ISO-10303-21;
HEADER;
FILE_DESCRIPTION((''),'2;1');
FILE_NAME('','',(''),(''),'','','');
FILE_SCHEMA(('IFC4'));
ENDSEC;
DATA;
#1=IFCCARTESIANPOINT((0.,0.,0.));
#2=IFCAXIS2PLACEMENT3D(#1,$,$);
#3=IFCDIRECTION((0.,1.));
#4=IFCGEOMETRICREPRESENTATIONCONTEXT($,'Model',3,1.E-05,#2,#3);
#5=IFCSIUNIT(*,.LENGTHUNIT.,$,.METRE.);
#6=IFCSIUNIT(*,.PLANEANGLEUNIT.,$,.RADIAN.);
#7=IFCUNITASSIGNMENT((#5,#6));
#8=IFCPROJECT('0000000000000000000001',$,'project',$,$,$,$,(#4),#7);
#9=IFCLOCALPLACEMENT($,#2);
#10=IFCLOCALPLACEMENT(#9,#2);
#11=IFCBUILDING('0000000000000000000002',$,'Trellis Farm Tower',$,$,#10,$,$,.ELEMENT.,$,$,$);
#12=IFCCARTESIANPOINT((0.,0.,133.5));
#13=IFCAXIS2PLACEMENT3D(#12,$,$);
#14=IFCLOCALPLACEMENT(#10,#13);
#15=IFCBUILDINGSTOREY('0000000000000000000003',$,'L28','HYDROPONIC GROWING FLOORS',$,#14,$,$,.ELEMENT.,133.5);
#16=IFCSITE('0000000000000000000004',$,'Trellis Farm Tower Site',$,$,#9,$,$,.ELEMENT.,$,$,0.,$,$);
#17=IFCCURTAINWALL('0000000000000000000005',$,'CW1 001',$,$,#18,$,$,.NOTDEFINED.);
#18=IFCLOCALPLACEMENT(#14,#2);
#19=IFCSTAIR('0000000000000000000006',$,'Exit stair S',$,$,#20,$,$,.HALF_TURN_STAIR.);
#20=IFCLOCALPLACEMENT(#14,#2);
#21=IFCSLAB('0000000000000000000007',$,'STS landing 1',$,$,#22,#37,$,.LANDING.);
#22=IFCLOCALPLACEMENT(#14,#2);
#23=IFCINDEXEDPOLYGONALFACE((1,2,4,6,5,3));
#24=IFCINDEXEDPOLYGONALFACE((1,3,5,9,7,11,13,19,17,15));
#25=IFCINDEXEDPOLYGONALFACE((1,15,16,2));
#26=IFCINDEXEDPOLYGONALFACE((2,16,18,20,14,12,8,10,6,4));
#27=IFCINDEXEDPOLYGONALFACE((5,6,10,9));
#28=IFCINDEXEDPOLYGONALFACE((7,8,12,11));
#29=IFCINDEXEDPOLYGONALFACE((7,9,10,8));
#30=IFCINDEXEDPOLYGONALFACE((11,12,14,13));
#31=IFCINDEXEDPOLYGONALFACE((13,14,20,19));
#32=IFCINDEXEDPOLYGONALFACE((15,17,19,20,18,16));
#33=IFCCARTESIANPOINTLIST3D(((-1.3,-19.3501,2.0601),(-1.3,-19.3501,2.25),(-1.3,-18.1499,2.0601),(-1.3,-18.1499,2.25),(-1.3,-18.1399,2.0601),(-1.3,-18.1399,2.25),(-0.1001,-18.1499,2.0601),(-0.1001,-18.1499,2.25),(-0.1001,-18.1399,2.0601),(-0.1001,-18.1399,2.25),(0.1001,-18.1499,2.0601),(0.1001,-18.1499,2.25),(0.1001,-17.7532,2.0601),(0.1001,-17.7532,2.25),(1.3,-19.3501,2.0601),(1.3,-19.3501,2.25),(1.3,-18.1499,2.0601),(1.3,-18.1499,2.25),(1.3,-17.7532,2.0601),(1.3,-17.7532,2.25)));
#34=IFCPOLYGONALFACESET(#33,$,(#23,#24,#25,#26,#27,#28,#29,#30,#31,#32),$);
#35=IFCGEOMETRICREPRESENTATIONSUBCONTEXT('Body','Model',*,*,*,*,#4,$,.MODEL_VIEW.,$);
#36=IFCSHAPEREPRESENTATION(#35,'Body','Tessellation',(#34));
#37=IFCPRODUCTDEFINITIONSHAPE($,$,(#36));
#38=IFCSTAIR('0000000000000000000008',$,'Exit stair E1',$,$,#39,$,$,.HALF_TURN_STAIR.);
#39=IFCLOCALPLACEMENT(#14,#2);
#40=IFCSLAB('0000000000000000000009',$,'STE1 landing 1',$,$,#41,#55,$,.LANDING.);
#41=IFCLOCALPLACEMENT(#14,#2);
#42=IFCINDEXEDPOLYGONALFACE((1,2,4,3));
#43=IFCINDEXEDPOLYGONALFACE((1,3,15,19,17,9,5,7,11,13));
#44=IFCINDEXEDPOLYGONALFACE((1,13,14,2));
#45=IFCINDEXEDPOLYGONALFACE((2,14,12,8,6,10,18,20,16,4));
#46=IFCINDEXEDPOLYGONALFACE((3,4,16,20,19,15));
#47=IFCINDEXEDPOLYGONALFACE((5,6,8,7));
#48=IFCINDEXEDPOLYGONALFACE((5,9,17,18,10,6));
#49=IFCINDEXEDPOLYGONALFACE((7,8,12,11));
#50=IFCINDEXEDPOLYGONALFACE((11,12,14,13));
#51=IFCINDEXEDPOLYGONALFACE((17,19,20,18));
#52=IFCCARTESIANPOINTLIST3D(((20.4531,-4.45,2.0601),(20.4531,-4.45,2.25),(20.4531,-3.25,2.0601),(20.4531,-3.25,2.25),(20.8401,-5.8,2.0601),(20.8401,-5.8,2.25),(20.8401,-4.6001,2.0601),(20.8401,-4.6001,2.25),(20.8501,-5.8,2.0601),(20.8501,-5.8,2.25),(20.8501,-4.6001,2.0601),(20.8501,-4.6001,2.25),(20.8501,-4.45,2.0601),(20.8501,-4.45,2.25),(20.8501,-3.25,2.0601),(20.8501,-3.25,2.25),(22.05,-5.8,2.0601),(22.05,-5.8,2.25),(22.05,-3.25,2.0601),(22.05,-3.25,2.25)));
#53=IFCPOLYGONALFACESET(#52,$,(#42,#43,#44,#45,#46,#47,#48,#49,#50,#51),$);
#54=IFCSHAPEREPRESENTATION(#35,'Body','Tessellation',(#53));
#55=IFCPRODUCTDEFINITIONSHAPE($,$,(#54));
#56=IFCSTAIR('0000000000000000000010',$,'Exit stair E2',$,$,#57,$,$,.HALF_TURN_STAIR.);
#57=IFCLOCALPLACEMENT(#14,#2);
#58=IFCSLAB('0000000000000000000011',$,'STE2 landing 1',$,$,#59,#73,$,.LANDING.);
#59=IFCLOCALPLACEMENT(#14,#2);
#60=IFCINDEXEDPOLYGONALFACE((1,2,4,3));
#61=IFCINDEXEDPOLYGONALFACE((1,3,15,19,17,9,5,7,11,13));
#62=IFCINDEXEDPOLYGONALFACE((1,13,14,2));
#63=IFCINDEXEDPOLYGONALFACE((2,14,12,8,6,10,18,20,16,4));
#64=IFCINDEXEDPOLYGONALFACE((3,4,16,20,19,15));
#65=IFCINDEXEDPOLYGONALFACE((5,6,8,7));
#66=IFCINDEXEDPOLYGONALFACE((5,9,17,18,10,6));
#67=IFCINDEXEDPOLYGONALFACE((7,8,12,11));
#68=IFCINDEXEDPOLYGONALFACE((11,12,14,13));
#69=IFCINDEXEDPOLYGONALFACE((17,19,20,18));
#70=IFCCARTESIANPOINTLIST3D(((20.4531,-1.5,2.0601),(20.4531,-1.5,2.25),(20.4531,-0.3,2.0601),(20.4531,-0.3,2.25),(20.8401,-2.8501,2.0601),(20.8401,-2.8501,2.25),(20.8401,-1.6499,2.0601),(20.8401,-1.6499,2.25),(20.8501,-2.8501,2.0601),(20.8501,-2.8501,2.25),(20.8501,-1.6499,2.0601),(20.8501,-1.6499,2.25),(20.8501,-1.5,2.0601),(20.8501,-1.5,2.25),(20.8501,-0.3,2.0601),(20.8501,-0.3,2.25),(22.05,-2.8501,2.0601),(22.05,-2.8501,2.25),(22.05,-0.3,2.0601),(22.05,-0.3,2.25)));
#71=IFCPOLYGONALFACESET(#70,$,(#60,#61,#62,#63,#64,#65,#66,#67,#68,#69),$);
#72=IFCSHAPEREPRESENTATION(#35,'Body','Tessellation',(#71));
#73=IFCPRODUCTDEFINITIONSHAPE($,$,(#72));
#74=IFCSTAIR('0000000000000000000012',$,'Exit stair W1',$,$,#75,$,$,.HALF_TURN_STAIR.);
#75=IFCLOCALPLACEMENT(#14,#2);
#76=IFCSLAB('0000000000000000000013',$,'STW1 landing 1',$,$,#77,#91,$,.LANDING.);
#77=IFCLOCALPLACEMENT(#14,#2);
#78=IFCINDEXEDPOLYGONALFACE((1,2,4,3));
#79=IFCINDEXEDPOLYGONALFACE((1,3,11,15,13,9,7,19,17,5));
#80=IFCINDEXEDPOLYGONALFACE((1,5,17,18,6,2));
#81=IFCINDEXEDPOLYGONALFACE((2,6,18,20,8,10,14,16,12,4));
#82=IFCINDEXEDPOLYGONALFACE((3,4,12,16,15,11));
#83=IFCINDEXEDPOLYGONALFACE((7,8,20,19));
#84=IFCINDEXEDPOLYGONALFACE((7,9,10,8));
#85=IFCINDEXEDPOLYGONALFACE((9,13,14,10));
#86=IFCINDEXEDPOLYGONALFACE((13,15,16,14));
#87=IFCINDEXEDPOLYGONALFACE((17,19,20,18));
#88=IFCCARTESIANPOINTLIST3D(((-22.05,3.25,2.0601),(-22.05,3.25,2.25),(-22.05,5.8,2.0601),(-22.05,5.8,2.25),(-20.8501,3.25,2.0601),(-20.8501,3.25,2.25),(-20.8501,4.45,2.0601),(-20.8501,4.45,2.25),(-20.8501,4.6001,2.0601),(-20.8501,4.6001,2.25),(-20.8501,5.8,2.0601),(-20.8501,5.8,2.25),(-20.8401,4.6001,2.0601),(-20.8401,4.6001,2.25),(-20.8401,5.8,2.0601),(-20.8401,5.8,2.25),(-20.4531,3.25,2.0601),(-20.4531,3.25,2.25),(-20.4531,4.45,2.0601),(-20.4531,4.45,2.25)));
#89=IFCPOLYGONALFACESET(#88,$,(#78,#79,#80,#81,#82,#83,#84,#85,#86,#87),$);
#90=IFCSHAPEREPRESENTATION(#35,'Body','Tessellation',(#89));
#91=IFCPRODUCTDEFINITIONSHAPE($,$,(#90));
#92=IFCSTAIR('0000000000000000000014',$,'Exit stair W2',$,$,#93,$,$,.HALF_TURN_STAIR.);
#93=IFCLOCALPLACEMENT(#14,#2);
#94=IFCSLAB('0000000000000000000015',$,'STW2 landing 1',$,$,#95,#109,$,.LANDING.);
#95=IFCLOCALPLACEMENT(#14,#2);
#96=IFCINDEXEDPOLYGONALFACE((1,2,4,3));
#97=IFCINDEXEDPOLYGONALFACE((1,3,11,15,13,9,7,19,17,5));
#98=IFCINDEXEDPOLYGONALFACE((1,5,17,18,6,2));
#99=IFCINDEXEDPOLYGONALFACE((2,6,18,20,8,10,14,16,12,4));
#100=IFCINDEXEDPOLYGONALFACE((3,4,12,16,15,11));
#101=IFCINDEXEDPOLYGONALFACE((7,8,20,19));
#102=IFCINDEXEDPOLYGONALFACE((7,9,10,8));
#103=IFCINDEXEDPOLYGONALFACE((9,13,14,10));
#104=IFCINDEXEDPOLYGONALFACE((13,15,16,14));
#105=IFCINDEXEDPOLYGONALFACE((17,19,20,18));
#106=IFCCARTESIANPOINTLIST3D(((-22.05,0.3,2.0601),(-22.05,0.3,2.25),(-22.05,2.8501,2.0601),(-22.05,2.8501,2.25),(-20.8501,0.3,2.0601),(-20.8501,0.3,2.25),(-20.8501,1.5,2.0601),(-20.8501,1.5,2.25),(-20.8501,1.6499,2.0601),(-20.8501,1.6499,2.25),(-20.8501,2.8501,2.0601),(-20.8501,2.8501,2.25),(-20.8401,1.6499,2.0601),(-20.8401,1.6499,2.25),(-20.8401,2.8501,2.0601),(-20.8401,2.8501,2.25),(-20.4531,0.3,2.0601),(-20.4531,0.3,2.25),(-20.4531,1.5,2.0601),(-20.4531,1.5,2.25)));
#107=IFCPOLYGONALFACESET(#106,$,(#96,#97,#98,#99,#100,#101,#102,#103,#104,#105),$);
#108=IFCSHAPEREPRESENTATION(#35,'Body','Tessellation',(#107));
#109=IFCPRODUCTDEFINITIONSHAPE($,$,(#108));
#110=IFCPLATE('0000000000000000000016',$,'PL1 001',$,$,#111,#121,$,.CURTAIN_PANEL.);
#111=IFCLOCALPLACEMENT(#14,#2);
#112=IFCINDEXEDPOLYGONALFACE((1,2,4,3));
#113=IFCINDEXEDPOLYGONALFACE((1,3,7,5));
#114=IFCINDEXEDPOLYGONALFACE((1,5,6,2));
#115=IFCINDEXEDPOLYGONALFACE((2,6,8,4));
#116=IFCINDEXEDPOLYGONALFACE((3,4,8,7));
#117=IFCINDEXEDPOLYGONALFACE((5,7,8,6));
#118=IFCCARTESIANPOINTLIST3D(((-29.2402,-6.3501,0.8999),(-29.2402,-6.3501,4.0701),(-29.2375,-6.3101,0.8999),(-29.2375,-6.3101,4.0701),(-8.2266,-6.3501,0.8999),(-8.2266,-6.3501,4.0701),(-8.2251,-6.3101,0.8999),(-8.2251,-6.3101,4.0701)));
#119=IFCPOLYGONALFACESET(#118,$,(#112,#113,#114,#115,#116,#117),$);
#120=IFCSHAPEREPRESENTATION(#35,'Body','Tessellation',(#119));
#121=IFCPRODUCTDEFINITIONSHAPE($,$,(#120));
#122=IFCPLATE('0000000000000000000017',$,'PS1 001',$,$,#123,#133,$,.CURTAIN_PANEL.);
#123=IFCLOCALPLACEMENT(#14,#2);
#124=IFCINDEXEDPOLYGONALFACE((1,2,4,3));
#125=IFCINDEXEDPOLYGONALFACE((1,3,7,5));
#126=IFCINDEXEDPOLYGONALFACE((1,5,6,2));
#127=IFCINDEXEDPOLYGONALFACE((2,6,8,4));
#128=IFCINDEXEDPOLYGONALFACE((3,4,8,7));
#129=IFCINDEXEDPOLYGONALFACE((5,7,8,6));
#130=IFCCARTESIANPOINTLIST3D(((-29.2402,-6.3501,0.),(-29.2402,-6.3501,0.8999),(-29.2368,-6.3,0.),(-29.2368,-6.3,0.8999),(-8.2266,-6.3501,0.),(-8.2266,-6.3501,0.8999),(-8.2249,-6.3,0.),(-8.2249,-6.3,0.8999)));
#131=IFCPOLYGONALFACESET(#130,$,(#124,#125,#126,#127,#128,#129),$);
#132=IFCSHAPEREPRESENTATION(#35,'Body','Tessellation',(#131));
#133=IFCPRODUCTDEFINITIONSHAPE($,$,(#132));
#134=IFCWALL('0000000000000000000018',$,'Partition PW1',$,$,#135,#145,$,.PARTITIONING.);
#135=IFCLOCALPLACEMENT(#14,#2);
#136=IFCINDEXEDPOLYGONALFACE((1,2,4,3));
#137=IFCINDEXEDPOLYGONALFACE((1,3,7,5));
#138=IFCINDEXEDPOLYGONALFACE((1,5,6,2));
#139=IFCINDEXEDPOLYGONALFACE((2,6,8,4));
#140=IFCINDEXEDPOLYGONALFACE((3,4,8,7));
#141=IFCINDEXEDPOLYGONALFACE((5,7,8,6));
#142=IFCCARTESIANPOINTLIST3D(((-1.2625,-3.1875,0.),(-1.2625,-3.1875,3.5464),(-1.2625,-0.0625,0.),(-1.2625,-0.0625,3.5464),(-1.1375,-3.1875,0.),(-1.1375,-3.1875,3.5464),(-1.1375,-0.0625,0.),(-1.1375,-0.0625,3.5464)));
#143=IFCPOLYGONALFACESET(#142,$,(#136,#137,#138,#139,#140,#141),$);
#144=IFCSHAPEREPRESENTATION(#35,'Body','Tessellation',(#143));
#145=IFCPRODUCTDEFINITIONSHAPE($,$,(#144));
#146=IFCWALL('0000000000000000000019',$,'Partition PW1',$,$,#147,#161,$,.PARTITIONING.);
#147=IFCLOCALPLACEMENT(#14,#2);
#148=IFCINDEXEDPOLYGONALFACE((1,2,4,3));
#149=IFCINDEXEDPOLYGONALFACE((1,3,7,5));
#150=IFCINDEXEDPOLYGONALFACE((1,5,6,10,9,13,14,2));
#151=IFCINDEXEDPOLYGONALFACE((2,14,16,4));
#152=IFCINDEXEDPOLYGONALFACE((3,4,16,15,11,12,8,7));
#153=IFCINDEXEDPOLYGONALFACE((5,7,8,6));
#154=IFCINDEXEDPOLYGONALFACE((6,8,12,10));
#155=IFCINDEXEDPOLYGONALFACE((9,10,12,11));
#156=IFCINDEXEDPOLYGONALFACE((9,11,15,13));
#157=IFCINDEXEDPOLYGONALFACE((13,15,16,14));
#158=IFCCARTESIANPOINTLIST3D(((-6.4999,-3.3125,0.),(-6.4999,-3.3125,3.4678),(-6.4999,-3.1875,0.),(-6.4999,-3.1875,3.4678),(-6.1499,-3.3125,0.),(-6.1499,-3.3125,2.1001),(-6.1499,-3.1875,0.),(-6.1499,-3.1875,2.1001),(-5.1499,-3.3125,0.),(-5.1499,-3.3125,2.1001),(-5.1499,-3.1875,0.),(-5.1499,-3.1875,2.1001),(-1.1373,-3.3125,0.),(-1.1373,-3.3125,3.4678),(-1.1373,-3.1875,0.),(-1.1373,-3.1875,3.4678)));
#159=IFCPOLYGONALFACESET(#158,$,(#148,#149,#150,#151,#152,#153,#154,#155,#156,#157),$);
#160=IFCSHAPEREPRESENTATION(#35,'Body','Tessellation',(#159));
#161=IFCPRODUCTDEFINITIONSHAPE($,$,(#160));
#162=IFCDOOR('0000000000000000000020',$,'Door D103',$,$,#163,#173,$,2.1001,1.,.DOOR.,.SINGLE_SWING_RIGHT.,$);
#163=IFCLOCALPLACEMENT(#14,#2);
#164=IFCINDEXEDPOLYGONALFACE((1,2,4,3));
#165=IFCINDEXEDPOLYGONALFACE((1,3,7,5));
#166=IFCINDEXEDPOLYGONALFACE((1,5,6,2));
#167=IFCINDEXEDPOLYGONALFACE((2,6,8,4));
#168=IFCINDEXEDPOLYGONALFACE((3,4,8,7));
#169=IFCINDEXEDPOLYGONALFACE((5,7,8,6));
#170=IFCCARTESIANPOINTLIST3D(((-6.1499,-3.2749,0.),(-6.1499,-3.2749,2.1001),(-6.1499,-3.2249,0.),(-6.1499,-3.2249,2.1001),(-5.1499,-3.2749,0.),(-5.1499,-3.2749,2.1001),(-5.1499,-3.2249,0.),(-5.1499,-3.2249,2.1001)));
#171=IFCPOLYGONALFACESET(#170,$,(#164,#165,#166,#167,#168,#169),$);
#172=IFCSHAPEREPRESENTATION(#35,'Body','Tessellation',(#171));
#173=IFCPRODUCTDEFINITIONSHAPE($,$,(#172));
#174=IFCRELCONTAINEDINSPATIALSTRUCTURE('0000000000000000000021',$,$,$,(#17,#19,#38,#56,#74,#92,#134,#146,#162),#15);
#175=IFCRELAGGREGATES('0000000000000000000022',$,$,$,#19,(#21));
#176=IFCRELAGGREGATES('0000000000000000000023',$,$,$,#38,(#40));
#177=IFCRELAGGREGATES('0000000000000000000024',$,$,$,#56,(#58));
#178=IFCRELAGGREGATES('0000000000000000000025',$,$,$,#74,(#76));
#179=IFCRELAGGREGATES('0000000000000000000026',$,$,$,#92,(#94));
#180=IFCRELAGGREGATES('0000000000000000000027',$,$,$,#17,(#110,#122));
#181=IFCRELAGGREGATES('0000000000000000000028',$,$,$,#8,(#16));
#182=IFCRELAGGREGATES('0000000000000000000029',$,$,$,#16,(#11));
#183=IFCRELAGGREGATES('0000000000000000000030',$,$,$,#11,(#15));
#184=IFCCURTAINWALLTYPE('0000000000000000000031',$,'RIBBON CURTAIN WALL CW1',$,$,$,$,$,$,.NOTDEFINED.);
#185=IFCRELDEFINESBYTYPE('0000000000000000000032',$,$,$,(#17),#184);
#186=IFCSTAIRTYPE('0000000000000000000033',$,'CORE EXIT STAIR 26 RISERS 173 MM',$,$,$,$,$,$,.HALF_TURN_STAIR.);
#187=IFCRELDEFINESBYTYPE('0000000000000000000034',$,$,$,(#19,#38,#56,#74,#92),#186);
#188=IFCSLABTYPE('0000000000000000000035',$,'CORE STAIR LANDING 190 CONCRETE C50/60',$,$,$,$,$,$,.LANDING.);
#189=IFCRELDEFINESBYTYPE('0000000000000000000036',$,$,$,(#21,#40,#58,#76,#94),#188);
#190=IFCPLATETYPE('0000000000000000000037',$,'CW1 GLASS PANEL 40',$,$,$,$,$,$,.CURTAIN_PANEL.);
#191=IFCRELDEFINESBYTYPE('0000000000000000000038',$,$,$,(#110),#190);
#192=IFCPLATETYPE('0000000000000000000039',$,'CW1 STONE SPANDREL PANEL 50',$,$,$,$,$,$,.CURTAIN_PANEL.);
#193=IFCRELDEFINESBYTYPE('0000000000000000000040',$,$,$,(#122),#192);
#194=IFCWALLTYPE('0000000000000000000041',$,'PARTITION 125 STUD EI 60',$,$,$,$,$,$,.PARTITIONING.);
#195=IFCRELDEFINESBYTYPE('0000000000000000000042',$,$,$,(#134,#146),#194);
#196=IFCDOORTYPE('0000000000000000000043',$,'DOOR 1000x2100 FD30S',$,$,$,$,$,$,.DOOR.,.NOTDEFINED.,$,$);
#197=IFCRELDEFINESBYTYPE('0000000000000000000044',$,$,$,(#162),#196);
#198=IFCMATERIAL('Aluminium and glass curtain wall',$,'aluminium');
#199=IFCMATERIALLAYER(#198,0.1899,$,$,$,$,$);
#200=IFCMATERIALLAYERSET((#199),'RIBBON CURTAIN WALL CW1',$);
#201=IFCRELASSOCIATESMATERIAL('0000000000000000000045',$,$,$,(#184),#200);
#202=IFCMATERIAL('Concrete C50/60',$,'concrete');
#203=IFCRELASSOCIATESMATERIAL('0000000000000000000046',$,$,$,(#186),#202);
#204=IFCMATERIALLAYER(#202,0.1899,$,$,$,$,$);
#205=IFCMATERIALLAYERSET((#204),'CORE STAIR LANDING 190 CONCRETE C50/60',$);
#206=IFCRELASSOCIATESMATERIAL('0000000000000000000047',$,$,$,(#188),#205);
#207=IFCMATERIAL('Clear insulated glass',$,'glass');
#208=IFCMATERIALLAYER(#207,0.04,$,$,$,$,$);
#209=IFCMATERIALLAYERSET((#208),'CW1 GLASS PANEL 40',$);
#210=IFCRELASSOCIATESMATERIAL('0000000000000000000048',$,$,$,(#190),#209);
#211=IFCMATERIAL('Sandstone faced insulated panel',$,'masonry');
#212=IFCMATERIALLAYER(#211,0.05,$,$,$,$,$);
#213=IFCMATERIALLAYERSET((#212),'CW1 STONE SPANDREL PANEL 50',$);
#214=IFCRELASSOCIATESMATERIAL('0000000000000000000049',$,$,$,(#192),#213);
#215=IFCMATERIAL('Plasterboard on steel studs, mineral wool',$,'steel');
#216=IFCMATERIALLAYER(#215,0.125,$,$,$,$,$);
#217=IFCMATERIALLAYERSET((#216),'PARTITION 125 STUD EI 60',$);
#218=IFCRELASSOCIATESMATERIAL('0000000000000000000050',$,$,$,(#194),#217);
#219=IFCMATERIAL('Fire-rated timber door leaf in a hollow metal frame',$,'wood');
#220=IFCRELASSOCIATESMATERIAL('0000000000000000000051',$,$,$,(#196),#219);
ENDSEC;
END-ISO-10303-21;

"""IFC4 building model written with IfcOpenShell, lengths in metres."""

from ifc_helpers import new_model, si_unit, direction, frame, frame_2d, origin, place, context, subcontext, project, spatial, polyline, rectangle, outline, extrude, source, transform, mapped, material, layer, layer_set, type_object, element, fill, aggregate, save


model = new_model("IFC4")

# Units and contexts
model_context = context("Model", 3, precision=1e-05, world=origin(), true_north=direction((0.0, 1.0)))
body_context = subcontext(model_context, "Body", "Model", "MODEL_VIEW")
ifc_project = project(units=[si_unit("LENGTHUNIT", "METRE"), si_unit("PLANEANGLEUNIT", "RADIAN")], contexts=[model_context])

# Site, building, storey
site_placement = place(None, origin())
site = spatial("IfcSite", under=ifc_project, at=site_placement, Name="Trellis Farm Tower Site", CompositionType="ELEMENT", RefElevation=0.0)
building_placement = place(site_placement, origin())
building = spatial("IfcBuilding", under=site, at=building_placement, Name="Trellis Farm Tower", CompositionType="ELEMENT")
storey_placement = place(building_placement, frame((0.0, 0.0, 133.5)))
storey = spatial("IfcBuildingStorey", under=building, at=storey_placement, Name="L28", Description="HYDROPONIC GROWING FLOORS", CompositionType="ELEMENT", Elevation=133.5)

# Curtain wall
ifc_material_1 = material(Name="Aluminium and glass curtain wall", Category="aluminium")
ifc_layer_1 = layer(ifc_material_1, 0.1899)
ifc_layer_set_1 = layer_set([ifc_layer_1], Name="RIBBON CURTAIN WALL CW1")
curtain_wall_type = type_object("IfcCurtainWallType", Name="RIBBON CURTAIN WALL CW1", PredefinedType="NOTDEFINED", material=ifc_layer_set_1)
placement_1 = place(storey_placement, origin())
curtain_wall = element("IfcCurtainWall", 1, at=placement_1, inside=storey, type_object=curtain_wall_type, Name="CW1 001", PredefinedType="NOTDEFINED")

# Stairs, slabs
ifc_material_2 = material(Name="Concrete C50/60", Category="concrete")
stair_type = type_object("IfcStairType", Name="CORE EXIT STAIR 26 RISERS 173 MM", PredefinedType="HALF_TURN_STAIR", material=ifc_material_2)
ifc_layer_2 = layer(ifc_material_2, 0.1899)
ifc_layer_set_2 = layer_set([ifc_layer_2], Name="CORE STAIR LANDING 190 CONCRETE C50/60")
slab_type_1 = type_object("IfcSlabType", Name="CORE STAIR LANDING 190 CONCRETE C50/60", PredefinedType="LANDING", material=ifc_layer_set_2)
placement_2 = place(storey_placement, frame((0.0, 0.0, 2.0601)))
stair_1 = element("IfcStair", 2, at=placement_1, inside=storey, type_object=stair_type, Name="Exit stair S", PredefinedType="HALF_TURN_STAIR")
shared_shape_1 = source(origin(), body_context, "Body", "SweptSolid", [
    extrude(outline(polyline([(1.3, -19.3501), (-1.3, -19.3501), (-1.3, -18.1499), (-1.3, -18.1399), (-0.1001, -18.1399), (-0.1001, -18.1499), (0.1001, -18.1499), (0.1001, -17.7532), (1.3, -17.7532), (1.3, -18.1499), (1.3, -19.3501)])), origin(), (0.0, 0.0, 1.0), 0.1899),
])
slab_1 = element("IfcSlab", 3, at=placement_2, type_object=slab_type_1, Name="STS landing 1", PredefinedType="LANDING", context=body_context, shape_type="MappedRepresentation", body=[
    mapped(shared_shape_1, transform((0.0, 0.0, 0.0))),
])
aggregate(stair_1, [slab_1])
stair_2 = element("IfcStair", 4, at=placement_1, inside=storey, type_object=stair_type, Name="Exit stair E1", PredefinedType="HALF_TURN_STAIR")
shared_shape_2 = source(origin(), body_context, "Body", "SweptSolid", [
    extrude(outline(polyline([(20.8401, -5.8), (20.8401, -4.6001), (20.8501, -4.6001), (20.8501, -4.45), (20.4531, -4.45), (20.4531, -3.25), (20.8501, -3.25), (22.05, -3.25), (22.05, -5.8), (20.8501, -5.8), (20.8401, -5.8)])), origin(), (0.0, 0.0, 1.0), 0.1899),
])
slab_2 = element("IfcSlab", 5, at=placement_2, type_object=slab_type_1, Name="STE1 landing 1", PredefinedType="LANDING", context=body_context, shape_type="MappedRepresentation", body=[
    mapped(shared_shape_2, transform((0.0, 0.0, 0.0))),
])
aggregate(stair_2, [slab_2])
stair_3 = element("IfcStair", 6, at=placement_1, inside=storey, type_object=stair_type, Name="Exit stair E2", PredefinedType="HALF_TURN_STAIR")
shared_shape_3 = source(origin(), body_context, "Body", "SweptSolid", [
    extrude(outline(polyline([(20.8401, -2.8501), (20.8401, -1.6499), (20.8501, -1.6499), (20.8501, -1.5), (20.4531, -1.5), (20.4531, -0.3), (20.8501, -0.3), (22.05, -0.3), (22.05, -2.8501), (20.8501, -2.8501), (20.8401, -2.8501)])), origin(), (0.0, 0.0, 1.0), 0.1899),
])
slab_3 = element("IfcSlab", 7, at=placement_2, type_object=slab_type_1, Name="STE2 landing 1", PredefinedType="LANDING", context=body_context, shape_type="MappedRepresentation", body=[
    mapped(shared_shape_3, transform((0.0, 0.0, 0.0))),
])
aggregate(stair_3, [slab_3])
stair_4 = element("IfcStair", 8, at=placement_1, inside=storey, type_object=stair_type, Name="Exit stair W1", PredefinedType="HALF_TURN_STAIR")
shared_shape_4 = source(origin(), body_context, "Body", "SweptSolid", [
    extrude(outline(polyline([(-20.4531, 4.45), (-20.4531, 3.25), (-20.8501, 3.25), (-22.05, 3.25), (-22.05, 5.8), (-20.8501, 5.8), (-20.8401, 5.8), (-20.8401, 4.6001), (-20.8501, 4.6001), (-20.8501, 4.45), (-20.4531, 4.45)])), origin(), (0.0, 0.0, 1.0), 0.1899),
])
slab_4 = element("IfcSlab", 9, at=placement_2, type_object=slab_type_1, Name="STW1 landing 1", PredefinedType="LANDING", context=body_context, shape_type="MappedRepresentation", body=[
    mapped(shared_shape_4, transform((0.0, 0.0, 0.0))),
])
aggregate(stair_4, [slab_4])
stair_5 = element("IfcStair", 10, at=placement_1, inside=storey, type_object=stair_type, Name="Exit stair W2", PredefinedType="HALF_TURN_STAIR")
shared_shape_5 = source(origin(), body_context, "Body", "SweptSolid", [
    extrude(outline(polyline([(-20.4531, 1.5), (-20.4531, 0.3), (-20.8501, 0.3), (-22.05, 0.3), (-22.05, 2.8501), (-20.8501, 2.8501), (-20.8401, 2.8501), (-20.8401, 1.6499), (-20.8501, 1.6499), (-20.8501, 1.5), (-20.4531, 1.5)])), origin(), (0.0, 0.0, 1.0), 0.1899),
])
slab_5 = element("IfcSlab", 11, at=placement_2, type_object=slab_type_1, Name="STW2 landing 1", PredefinedType="LANDING", context=body_context, shape_type="MappedRepresentation", body=[
    mapped(shared_shape_5, transform((0.0, 0.0, 0.0))),
])
aggregate(stair_5, [slab_5])

# Plates
ifc_material_3 = material(Name="Clear insulated glass", Category="glass")
ifc_layer_3 = layer(ifc_material_3, 0.04)
ifc_layer_set_3 = layer_set([ifc_layer_3], Name="CW1 GLASS PANEL 40")
plate_type_1 = type_object("IfcPlateType", Name="CW1 GLASS PANEL 40", PredefinedType="CURTAIN_PANEL", material=ifc_layer_set_3)
shared_shape_6 = source(origin(), body_context, "Body", "SweptSolid", [
    extrude(outline(polyline([(-29.2402, -6.3501), (-8.2266, -6.3501), (-8.2251, -6.3101), (-29.2375, -6.3101), (-29.2402, -6.3501)])), origin(), (0.0, 0.0, 1.0), 3.1702),
])
plate_1_placement = place(storey_placement, frame((0.0, 0.0, 0.8999)))
plate_1 = element("IfcPlate", 12, at=plate_1_placement, type_object=plate_type_1, Name="PL1 001", PredefinedType="CURTAIN_PANEL", context=body_context, shape_type="MappedRepresentation", body=[
    mapped(shared_shape_6, transform((0.0, 0.0, 0.0))),
])
ifc_material_4 = material(Name="Sandstone faced insulated panel", Category="masonry")
ifc_layer_4 = layer(ifc_material_4, 0.05)
ifc_layer_set_4 = layer_set([ifc_layer_4], Name="CW1 STONE SPANDREL PANEL 50")
plate_type_2 = type_object("IfcPlateType", Name="CW1 STONE SPANDREL PANEL 50", PredefinedType="CURTAIN_PANEL", material=ifc_layer_set_4)
shared_shape_7 = source(origin(), body_context, "Body", "SweptSolid", [
    extrude(outline(polyline([(-29.2402, -6.3501), (-8.2266, -6.3501), (-8.2249, -6.3), (-29.2368, -6.3), (-29.2402, -6.3501)])), origin(), (0.0, 0.0, 1.0), 0.8999),
])
plate_2 = element("IfcPlate", 13, at=placement_1, type_object=plate_type_2, Name="PS1 001", PredefinedType="CURTAIN_PANEL", context=body_context, shape_type="MappedRepresentation", body=[
    mapped(shared_shape_7, transform((0.0, 0.0, 0.0))),
])
aggregate(curtain_wall, [plate_1, plate_2])

# Wall
ifc_material_5 = material(Name="Plasterboard on steel studs, mineral wool", Category="steel")
ifc_layer_5 = layer(ifc_material_5, 0.125)
ifc_layer_set_5 = layer_set([ifc_layer_5], Name="PARTITION 125 STUD EI 60")
wall_type = type_object("IfcWallType", Name="PARTITION 125 STUD EI 60", PredefinedType="PARTITIONING", material=ifc_layer_set_5)
shared_shape_8 = source(origin(), body_context, "Body", "SweptSolid", [
    extrude(rectangle(XDim=3.125, YDim=0.125, at=frame_2d((1.5625, 0.0))), origin(), (0.0, 0.0, 1.0), 3.5464),
])
wall_1_placement = place(storey_placement, frame((-1.2, -0.0625, 0.0), z_axis=(0.0, 0.0, 1.0), x_axis=(0.0, -1.0, 0.0)))
element("IfcWall", 14, at=wall_1_placement, inside=storey, type_object=wall_type, Name="Partition PW1", PredefinedType="PARTITIONING", context=body_context, shape_type="MappedRepresentation", body=[
    mapped(shared_shape_8, transform((0.0, 0.0, 0.0))),
])

# Wall, opening, door
shared_shape_9 = source(origin(), body_context, "Body", "SweptSolid", [
    extrude(rectangle(XDim=5.3625, YDim=0.125, at=frame_2d((2.6812, 0.0))), origin(), (0.0, 0.0, 1.0), 3.4678),
])
wall_2_placement = place(storey_placement, frame((-1.1375, -3.25, 0.0), z_axis=(0.0, 0.0, 1.0), x_axis=(-1.0, 0.0, 0.0)))
wall_2 = element("IfcWall", 15, at=wall_2_placement, inside=storey, type_object=wall_type, Name="Partition PW1", PredefinedType="PARTITIONING", context=body_context, shape_type="MappedRepresentation", body=[
    mapped(shared_shape_9, transform((0.0, 0.0, 0.0))),
])
shared_shape_10 = source(origin(), body_context, "Body", "SweptSolid", [
    extrude(rectangle(XDim=1.0, YDim=2.1001, at=frame_2d((0.5, 1.05))), frame((0.0, 0.0725, 0.0), z_axis=(0.0, -1.0, 0.0), x_axis=(1.0, 0.0, 0.0)), (0.0, 0.0, 1.0), 0.145),
])
opening_placement = place(wall_2_placement, frame((4.0125, 0.0, 0.0)))
opening = element("IfcOpeningElement", 16, at=opening_placement, cuts=wall_2, PredefinedType="OPENING", context=body_context, shape_type="MappedRepresentation", body=[
    mapped(shared_shape_10, transform((0.0, 0.0, 0.0))),
])
ifc_material_6 = material(Name="Fire-rated timber door leaf in a hollow metal frame", Category="wood")
door_type = type_object("IfcDoorType", Name="DOOR 1000x2100 FD30S", OperationType="NOTDEFINED", PredefinedType="DOOR", material=ifc_material_6)
shared_shape_11 = source(origin(), body_context, "Body", "SweptSolid", [
    extrude(rectangle(XDim=1.0, YDim=2.1001, at=frame_2d((0.5, 1.05))), frame((0.0, 0.0249, 0.0), z_axis=(0.0, -1.0, 0.0), x_axis=(1.0, 0.0, 0.0)), (0.0, 0.0, 1.0), 0.05),
])
door_placement = place(opening_placement, origin())
door = element("IfcDoor", 17, at=door_placement, inside=storey, type_object=door_type, Name="Door D103", OperationType="SINGLE_SWING_RIGHT", OverallHeight=2.1001, OverallWidth=1.0, PredefinedType="DOOR", context=body_context, shape_type="MappedRepresentation", body=[
    mapped(shared_shape_11, transform((0.0, 0.0, 0.0))),
])
fill(opening, door)

save(model, "model.ifc")
